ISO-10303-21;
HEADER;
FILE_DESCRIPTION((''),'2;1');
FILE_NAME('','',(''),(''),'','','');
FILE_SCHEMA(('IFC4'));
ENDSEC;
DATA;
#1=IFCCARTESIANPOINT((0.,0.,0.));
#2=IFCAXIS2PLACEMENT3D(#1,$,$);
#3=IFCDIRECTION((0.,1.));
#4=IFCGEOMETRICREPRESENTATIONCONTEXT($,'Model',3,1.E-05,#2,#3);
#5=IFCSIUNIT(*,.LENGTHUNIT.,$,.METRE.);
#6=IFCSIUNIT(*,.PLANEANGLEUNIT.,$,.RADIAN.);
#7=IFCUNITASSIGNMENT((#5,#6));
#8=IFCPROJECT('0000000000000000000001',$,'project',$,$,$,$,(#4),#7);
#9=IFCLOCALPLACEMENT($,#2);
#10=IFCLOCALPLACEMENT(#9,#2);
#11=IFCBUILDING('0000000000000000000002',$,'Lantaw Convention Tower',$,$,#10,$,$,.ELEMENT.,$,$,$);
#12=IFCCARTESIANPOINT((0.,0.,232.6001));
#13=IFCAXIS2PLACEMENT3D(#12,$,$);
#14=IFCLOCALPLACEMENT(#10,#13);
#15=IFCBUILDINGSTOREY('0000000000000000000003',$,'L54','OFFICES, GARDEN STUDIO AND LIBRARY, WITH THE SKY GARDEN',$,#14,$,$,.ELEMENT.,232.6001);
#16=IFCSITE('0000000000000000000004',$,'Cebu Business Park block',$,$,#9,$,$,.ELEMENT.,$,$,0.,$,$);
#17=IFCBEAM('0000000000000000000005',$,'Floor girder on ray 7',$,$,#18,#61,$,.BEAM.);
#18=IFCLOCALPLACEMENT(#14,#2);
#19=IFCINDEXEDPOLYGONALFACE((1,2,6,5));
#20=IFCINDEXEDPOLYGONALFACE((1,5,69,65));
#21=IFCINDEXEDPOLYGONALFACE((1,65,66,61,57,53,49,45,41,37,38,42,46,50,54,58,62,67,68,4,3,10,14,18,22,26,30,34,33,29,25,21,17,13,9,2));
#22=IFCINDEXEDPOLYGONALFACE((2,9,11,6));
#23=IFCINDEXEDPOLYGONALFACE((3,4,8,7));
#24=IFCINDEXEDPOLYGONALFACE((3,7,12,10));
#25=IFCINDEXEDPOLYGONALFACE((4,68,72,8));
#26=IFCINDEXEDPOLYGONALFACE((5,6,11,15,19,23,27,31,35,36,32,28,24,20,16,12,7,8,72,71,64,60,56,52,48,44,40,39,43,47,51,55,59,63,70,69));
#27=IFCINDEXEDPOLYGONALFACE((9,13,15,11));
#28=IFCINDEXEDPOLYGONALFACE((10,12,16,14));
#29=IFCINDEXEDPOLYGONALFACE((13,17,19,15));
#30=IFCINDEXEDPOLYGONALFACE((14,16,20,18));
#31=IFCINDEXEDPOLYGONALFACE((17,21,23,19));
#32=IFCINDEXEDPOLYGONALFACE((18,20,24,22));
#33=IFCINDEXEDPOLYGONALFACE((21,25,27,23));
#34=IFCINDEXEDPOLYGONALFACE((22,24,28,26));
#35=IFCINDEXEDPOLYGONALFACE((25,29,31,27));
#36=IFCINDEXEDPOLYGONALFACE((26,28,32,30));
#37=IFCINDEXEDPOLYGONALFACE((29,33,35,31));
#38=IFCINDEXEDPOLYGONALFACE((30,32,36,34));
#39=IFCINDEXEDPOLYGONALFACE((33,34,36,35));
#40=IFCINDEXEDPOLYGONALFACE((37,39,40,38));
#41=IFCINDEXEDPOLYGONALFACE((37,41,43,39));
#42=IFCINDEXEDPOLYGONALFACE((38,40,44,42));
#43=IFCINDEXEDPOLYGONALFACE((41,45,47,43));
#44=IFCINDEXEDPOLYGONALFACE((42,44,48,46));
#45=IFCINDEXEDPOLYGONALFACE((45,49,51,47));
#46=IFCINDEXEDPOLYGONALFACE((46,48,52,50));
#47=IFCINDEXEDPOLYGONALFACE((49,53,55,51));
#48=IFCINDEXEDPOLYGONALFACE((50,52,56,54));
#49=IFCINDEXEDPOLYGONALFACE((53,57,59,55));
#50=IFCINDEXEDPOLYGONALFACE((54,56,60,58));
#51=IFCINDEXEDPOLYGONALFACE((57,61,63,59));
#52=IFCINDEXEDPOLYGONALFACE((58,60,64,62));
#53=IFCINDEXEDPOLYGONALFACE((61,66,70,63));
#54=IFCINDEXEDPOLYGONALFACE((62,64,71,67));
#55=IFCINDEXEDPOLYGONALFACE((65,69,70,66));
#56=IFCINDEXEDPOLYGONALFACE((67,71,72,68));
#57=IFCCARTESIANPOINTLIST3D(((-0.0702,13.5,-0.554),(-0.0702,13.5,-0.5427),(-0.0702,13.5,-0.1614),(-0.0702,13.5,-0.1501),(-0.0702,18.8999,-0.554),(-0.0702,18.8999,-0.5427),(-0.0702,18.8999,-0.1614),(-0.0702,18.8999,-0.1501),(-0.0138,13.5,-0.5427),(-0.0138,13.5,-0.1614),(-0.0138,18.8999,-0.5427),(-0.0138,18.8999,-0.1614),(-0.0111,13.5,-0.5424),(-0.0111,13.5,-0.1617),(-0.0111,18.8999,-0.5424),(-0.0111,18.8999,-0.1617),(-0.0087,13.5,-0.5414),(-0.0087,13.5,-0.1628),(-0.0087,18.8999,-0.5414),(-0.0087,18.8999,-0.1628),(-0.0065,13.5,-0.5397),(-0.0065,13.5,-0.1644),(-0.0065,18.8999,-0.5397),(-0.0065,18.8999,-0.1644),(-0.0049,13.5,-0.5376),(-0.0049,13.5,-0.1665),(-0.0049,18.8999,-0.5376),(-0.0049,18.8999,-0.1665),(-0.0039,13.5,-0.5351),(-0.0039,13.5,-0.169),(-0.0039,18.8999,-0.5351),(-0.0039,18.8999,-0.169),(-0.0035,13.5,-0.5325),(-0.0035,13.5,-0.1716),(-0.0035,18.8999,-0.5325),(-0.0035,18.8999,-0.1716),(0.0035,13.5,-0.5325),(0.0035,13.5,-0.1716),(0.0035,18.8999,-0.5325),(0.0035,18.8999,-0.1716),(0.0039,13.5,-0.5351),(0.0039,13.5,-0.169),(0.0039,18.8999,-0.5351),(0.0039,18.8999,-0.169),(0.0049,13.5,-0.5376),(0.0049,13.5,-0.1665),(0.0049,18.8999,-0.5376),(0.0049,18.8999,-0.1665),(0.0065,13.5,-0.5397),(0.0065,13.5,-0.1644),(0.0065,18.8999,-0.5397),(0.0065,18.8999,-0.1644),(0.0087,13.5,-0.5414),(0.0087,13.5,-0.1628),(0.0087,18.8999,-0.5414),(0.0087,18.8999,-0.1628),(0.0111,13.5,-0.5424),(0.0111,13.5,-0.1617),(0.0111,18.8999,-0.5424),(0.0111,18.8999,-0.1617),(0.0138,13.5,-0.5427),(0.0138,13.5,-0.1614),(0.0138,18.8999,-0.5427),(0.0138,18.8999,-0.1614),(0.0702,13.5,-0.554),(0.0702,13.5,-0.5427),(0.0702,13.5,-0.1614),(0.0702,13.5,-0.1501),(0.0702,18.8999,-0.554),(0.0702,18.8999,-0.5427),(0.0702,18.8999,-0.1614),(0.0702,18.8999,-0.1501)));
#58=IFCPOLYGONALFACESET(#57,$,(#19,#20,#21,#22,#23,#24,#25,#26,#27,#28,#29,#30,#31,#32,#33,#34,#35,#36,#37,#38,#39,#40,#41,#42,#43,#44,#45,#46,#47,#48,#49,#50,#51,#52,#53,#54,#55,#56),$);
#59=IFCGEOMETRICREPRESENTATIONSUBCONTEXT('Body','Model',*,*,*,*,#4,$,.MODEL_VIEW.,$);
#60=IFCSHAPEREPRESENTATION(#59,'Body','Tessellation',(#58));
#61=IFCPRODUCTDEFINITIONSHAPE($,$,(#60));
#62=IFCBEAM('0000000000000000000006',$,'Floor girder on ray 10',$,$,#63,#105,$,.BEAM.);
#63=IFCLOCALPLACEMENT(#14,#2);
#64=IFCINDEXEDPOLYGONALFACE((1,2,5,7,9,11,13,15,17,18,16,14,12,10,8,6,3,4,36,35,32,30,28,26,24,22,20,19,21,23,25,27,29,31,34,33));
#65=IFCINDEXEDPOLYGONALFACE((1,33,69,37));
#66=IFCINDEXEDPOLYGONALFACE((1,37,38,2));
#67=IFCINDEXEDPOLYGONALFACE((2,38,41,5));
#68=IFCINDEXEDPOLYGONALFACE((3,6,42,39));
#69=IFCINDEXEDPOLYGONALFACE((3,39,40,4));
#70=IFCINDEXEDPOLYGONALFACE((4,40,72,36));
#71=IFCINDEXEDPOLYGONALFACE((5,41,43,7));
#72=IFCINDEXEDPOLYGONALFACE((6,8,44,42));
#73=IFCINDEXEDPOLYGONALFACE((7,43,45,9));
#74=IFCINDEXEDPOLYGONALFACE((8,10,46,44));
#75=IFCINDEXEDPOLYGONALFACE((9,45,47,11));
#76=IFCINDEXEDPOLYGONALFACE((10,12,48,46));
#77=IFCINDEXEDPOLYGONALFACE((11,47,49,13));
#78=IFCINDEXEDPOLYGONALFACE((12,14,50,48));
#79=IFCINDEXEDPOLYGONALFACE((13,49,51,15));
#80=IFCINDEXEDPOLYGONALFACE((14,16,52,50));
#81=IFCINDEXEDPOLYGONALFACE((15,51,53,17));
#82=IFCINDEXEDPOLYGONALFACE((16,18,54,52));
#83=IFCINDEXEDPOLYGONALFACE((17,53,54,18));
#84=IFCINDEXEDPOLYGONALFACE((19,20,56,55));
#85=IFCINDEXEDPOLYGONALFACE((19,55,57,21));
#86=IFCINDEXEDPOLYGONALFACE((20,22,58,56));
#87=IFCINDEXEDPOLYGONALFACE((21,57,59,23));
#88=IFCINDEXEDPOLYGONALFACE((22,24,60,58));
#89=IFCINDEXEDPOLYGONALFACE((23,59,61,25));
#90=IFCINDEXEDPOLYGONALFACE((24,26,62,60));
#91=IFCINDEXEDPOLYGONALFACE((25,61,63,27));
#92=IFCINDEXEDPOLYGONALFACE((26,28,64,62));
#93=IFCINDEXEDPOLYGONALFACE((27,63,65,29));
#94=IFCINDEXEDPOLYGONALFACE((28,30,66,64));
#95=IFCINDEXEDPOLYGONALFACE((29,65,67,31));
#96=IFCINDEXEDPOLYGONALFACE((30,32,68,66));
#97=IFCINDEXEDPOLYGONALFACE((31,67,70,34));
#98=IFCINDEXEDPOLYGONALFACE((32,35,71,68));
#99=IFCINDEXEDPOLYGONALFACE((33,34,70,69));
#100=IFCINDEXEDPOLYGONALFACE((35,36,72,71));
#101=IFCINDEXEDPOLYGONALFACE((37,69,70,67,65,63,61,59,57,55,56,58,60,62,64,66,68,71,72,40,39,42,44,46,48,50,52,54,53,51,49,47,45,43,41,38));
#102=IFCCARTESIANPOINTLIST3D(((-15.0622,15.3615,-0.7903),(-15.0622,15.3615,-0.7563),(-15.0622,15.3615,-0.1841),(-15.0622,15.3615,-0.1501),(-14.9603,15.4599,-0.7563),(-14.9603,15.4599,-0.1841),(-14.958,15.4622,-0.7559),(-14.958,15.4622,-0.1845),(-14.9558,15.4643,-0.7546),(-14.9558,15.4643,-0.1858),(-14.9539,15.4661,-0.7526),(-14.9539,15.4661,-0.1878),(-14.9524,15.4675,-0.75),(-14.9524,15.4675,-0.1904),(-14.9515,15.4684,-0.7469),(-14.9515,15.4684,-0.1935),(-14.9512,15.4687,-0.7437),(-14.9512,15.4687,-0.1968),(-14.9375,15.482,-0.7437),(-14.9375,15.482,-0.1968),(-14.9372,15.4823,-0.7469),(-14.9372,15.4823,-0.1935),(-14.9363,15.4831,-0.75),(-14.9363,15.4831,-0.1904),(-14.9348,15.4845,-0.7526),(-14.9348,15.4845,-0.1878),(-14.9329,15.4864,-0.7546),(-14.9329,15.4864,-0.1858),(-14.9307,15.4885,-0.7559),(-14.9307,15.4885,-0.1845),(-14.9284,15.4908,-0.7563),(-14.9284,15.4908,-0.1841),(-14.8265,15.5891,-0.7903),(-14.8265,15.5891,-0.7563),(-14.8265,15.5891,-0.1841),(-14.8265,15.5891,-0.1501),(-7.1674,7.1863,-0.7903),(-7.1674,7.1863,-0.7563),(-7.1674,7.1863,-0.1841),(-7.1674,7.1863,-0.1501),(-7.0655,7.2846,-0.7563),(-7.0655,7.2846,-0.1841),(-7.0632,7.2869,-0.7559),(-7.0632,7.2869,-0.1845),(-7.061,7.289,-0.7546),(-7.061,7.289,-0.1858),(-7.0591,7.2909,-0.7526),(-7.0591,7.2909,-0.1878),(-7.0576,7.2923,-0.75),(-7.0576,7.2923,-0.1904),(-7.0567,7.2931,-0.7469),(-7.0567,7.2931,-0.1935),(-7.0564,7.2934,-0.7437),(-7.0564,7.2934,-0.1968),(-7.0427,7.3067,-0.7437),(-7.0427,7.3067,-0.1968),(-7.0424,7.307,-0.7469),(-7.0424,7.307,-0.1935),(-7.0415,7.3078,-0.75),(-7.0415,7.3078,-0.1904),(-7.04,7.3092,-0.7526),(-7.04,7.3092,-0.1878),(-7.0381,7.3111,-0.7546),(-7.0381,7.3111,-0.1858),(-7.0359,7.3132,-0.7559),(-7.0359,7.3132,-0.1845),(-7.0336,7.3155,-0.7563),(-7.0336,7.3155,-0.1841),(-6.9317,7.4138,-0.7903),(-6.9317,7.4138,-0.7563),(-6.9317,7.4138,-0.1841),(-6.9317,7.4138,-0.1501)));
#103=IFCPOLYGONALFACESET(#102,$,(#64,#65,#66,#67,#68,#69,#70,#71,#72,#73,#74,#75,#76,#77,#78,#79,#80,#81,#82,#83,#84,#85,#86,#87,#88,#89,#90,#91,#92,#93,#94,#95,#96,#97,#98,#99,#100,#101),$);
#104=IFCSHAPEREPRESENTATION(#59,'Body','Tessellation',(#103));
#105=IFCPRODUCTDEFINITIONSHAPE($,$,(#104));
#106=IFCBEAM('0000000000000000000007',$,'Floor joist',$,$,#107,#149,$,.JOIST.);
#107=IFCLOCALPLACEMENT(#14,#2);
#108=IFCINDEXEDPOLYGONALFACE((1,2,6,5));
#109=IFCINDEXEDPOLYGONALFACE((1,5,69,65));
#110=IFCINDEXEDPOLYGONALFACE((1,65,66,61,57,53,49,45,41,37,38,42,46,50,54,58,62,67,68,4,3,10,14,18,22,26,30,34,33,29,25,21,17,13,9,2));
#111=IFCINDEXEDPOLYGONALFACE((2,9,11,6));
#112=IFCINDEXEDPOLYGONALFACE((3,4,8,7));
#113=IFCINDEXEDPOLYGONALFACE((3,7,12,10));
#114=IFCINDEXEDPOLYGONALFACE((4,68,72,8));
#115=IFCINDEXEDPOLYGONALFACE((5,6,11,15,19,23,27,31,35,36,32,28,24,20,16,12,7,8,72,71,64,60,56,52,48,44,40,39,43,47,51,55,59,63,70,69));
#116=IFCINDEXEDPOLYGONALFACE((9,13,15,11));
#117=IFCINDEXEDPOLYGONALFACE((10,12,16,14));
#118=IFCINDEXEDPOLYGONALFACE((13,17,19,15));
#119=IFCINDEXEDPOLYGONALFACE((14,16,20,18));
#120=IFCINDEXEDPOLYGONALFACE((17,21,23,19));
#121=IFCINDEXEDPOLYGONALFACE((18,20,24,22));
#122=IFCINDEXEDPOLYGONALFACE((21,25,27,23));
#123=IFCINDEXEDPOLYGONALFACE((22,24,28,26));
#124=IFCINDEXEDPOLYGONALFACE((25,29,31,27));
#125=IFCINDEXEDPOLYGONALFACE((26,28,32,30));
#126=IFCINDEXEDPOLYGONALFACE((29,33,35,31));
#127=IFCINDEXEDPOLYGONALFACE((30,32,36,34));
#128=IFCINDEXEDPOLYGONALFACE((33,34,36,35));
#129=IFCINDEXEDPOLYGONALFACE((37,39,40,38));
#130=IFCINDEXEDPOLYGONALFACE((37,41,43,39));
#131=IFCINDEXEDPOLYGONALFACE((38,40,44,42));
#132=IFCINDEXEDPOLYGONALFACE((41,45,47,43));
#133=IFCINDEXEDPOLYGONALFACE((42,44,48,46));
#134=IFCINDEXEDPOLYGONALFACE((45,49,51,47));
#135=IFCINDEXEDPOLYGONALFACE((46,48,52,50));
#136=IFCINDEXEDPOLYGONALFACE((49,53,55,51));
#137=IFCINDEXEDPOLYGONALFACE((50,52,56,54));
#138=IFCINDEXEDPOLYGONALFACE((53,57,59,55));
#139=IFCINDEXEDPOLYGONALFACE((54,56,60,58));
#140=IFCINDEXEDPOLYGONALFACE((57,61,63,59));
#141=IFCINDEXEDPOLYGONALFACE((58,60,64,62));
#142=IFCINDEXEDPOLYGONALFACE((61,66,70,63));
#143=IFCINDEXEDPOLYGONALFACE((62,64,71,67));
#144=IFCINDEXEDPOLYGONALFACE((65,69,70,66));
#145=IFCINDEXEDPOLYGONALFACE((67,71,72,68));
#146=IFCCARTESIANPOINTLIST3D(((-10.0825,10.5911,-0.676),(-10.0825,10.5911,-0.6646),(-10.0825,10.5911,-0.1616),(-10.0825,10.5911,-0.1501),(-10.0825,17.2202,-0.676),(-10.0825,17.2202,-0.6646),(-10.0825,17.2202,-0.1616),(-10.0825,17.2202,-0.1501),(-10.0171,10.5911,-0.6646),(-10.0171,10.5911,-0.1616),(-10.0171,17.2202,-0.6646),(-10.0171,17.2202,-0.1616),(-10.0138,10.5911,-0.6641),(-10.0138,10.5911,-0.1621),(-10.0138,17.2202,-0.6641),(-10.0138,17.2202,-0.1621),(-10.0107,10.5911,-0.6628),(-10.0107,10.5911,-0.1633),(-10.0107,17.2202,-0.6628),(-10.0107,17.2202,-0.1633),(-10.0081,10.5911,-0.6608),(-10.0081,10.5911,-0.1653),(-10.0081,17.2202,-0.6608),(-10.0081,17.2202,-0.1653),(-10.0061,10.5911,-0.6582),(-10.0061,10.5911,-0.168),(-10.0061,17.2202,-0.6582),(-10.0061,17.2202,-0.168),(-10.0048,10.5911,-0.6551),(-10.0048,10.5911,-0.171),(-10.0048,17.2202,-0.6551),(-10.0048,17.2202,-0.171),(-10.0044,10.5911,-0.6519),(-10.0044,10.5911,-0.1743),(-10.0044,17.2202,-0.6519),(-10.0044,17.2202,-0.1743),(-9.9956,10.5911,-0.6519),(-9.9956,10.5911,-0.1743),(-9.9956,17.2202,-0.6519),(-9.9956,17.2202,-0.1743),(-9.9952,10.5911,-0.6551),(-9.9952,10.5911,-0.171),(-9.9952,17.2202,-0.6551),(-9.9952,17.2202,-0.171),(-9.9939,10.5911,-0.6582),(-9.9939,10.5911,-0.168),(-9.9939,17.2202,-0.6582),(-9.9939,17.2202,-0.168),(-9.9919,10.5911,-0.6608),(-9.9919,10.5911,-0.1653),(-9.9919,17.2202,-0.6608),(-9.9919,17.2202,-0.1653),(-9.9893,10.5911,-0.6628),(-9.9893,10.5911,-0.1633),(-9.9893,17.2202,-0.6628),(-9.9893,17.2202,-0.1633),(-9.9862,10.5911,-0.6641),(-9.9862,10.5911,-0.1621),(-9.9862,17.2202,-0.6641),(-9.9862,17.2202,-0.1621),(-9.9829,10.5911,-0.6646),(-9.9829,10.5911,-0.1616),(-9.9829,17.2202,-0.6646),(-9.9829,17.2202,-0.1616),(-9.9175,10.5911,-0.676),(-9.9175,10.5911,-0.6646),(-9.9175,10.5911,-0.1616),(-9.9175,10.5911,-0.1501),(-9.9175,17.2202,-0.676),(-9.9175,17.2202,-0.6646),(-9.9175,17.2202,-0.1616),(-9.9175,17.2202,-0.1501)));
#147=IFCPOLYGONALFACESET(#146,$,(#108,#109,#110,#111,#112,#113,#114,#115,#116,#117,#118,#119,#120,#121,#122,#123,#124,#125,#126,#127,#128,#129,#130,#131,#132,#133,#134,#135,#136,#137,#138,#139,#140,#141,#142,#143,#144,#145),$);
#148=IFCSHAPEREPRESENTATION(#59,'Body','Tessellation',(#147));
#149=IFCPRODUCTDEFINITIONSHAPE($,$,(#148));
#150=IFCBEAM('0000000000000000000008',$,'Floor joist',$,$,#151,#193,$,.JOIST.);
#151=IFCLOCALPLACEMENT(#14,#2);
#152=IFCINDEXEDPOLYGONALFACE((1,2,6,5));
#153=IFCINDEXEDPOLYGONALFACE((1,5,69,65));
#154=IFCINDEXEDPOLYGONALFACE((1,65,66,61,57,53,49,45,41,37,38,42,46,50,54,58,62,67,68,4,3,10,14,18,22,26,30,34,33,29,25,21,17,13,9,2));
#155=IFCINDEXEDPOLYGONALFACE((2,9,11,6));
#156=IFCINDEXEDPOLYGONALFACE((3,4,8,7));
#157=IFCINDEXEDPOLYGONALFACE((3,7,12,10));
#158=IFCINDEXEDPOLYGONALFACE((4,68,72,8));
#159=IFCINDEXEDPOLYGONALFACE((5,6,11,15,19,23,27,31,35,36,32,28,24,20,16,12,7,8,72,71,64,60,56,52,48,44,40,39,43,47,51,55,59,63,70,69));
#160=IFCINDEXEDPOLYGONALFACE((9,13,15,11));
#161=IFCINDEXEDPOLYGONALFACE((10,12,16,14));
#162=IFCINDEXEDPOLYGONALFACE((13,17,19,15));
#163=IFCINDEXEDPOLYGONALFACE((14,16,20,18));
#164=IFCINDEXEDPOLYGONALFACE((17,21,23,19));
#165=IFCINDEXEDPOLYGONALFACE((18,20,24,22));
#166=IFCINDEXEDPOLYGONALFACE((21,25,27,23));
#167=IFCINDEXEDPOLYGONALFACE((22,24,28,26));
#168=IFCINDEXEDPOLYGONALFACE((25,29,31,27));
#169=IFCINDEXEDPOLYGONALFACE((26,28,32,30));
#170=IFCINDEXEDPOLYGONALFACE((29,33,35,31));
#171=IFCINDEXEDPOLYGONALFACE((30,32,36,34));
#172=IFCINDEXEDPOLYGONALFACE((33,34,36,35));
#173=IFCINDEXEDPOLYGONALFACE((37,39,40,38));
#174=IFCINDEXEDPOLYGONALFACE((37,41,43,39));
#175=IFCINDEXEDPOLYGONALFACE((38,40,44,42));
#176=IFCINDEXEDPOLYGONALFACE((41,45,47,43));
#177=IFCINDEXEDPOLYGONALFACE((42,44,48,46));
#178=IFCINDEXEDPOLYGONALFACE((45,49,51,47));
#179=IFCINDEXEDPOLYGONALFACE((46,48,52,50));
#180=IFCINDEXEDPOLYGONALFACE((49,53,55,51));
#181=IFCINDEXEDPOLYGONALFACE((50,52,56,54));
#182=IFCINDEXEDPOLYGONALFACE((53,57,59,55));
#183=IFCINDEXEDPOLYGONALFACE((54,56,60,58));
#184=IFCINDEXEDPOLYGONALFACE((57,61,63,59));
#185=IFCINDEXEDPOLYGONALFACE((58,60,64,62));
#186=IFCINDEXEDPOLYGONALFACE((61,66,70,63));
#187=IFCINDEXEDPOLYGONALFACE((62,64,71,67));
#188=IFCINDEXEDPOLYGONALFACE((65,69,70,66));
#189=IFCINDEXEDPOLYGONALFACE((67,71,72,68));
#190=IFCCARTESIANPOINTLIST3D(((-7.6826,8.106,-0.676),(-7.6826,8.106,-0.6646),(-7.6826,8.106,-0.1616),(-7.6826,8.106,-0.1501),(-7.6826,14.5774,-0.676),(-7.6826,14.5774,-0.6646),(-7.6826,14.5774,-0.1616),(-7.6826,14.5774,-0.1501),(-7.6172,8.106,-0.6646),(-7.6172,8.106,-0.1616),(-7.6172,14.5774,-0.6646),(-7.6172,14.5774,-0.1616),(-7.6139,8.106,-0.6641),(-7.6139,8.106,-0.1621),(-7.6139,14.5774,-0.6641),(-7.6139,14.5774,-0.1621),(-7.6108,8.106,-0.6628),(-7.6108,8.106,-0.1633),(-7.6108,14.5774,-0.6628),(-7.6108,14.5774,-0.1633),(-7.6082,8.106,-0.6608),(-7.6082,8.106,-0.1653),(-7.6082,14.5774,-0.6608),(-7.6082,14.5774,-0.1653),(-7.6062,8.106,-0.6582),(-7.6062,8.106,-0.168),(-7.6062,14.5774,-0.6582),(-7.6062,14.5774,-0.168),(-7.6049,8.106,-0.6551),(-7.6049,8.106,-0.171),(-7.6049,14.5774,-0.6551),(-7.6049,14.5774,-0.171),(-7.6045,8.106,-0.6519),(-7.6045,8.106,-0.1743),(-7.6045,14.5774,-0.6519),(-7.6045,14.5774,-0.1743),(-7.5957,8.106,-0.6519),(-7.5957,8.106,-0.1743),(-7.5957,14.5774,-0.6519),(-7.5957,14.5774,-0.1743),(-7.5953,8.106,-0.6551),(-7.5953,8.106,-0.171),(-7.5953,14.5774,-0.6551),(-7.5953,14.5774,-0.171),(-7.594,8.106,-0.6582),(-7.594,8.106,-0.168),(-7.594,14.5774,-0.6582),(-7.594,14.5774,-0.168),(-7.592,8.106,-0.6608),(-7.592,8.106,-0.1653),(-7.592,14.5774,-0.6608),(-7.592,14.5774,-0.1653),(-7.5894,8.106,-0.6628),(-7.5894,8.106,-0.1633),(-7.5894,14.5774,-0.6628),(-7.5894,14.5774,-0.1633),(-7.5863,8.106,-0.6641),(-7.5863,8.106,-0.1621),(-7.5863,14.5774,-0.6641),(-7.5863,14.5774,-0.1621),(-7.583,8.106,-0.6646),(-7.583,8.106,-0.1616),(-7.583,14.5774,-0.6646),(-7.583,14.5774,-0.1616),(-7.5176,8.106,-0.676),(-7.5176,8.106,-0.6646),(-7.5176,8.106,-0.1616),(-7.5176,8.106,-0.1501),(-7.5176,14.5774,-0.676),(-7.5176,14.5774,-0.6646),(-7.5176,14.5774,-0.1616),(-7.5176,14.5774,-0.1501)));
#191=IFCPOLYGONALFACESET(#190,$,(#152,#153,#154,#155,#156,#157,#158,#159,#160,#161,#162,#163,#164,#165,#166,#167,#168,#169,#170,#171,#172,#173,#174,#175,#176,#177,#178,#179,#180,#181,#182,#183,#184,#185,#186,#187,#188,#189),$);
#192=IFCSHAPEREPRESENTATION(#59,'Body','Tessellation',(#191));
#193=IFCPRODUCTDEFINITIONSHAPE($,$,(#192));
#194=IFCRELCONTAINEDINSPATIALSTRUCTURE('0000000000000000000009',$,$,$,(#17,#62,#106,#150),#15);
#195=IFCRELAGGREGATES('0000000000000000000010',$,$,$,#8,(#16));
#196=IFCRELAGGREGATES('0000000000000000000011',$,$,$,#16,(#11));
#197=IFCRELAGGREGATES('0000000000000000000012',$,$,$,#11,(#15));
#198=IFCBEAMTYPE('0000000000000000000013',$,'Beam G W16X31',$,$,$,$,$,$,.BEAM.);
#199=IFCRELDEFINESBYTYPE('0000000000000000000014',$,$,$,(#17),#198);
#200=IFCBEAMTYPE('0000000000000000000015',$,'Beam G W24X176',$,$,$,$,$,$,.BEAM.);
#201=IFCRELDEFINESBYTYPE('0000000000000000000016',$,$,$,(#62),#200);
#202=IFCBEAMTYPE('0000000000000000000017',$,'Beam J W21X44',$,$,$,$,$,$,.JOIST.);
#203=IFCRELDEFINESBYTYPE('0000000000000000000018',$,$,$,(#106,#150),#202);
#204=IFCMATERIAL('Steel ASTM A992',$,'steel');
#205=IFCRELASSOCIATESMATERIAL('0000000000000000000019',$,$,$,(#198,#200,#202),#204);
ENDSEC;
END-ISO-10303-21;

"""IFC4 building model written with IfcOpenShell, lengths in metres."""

from ifc_helpers import new_model, si_unit, direction, frame, origin, origin_2d, place, context, subcontext, project, spatial, i_section, extrude, material, material_profile, profile_set, type_object, element, save


model = new_model("IFC4")

# Units and contexts
model_context = context("Model", 3, precision=1e-05, world=origin(), true_north=direction((0.0, 1.0)))
body_context = subcontext(model_context, "Body", "Model", "MODEL_VIEW")
ifc_project = project(units=[si_unit("LENGTHUNIT", "METRE"), si_unit("PLANEANGLEUNIT", "RADIAN")], contexts=[model_context])

# Site, building, storey
site_placement = place(None, origin())
site = spatial("IfcSite", under=ifc_project, at=site_placement, Name="Cebu Business Park block", CompositionType="ELEMENT", RefElevation=0.0)
building_placement = place(site_placement, origin())
building = spatial("IfcBuilding", under=site, at=building_placement, Name="Lantaw Convention Tower", CompositionType="ELEMENT")
storey_placement = place(building_placement, frame((0.0, 0.0, 232.6001)))
storey = spatial("IfcBuildingStorey", under=building, at=storey_placement, Name="L54", Description="OFFICES, GARDEN STUDIO AND LIBRARY, WITH THE SKY GARDEN", CompositionType="ELEMENT", Elevation=232.6001)

# Beams
ifc_material_1 = material(Name="Steel ASTM A992", Category="steel")
ifc_material_profile_1 = material_profile(ifc_material_1, i_section(OverallWidth=0.1404, OverallDepth=0.4038, WebThickness=0.0071, FlangeThickness=0.0112, FilletRadius=0.0103, at=origin_2d()), Name="W16X31")
ifc_profile_set_1 = profile_set([ifc_material_profile_1], Name="Steel ASTM A992")
beam_type_1 = type_object("IfcBeamType", Name="Beam G W16X31", PredefinedType="BEAM", material=ifc_profile_set_1)
beam_1_placement = place(storey_placement, frame((0.0, 13.5, -0.3521), z_axis=(0.0, 1.0, 0.0), x_axis=(-1.0, 0.0, 0.0)))
element("IfcBeam", 1, at=beam_1_placement, inside=storey, type_object=beam_type_1, Name="Floor girder on ray 7", PredefinedType="BEAM", context=body_context, shape_type="SweptSolid", body=[
    extrude(i_section(OverallWidth=0.1404, OverallDepth=0.4038, WebThickness=0.0071, FlangeThickness=0.0112, FilletRadius=0.0103, at=origin_2d()), origin(), (0.0, 0.0, 1.0), 5.3999),
])
ifc_material_profile_2 = material_profile(ifc_material_1, i_section(OverallWidth=0.3276, OverallDepth=0.6401, WebThickness=0.019, FlangeThickness=0.0339, FilletRadius=0.0127, at=origin_2d()), Name="W24X176")
ifc_profile_set_2 = profile_set([ifc_material_profile_2], Name="Steel ASTM A992")
beam_type_2 = type_object("IfcBeamType", Name="Beam G W24X176", PredefinedType="BEAM", material=ifc_profile_set_2)
beam_2_placement = place(storey_placement, frame((-7.0496, 7.3, -0.4702), z_axis=(-0.694658, 0.71934, 0.0), x_axis=(-0.71934, -0.694658, 0.0)))
element("IfcBeam", 2, at=beam_2_placement, inside=storey, type_object=beam_type_2, Name="Floor girder on ray 10", PredefinedType="BEAM", context=body_context, shape_type="SweptSolid", body=[
    extrude(i_section(OverallWidth=0.3276, OverallDepth=0.6401, WebThickness=0.019, FlangeThickness=0.0339, FilletRadius=0.0127, at=origin_2d()), origin(), (0.0, 0.0, 1.0), 11.365),
])
ifc_material_profile_3 = material_profile(ifc_material_1, i_section(OverallWidth=0.165, OverallDepth=0.5259, WebThickness=0.0088, FlangeThickness=0.0115, FilletRadius=0.0127, at=origin_2d()), Name="W21X44")
ifc_profile_set_3 = profile_set([ifc_material_profile_3], Name="Steel ASTM A992")
beam_type_3 = type_object("IfcBeamType", Name="Beam J W21X44", PredefinedType="JOIST", material=ifc_profile_set_3)
beam_3_placement = place(storey_placement, frame((-10.0, 10.5911, -0.4131), z_axis=(0.0, 1.0, 0.0), x_axis=(-1.0, 0.0, 0.0)))
element("IfcBeam", 3, at=beam_3_placement, inside=storey, type_object=beam_type_3, Name="Floor joist", PredefinedType="JOIST", context=body_context, shape_type="SweptSolid", body=[
    extrude(i_section(OverallWidth=0.165, OverallDepth=0.5259, WebThickness=0.0088, FlangeThickness=0.0115, FilletRadius=0.0127, at=origin_2d()), origin(), (0.0, 0.0, 1.0), 6.6292),
])
beam_4_placement = place(storey_placement, frame((-7.6001, 8.106, -0.4131), z_axis=(0.0, 1.0, 0.0), x_axis=(-1.0, 0.0, 0.0)))
element("IfcBeam", 4, at=beam_4_placement, inside=storey, type_object=beam_type_3, Name="Floor joist", PredefinedType="JOIST", context=body_context, shape_type="SweptSolid", body=[
    extrude(i_section(OverallWidth=0.165, OverallDepth=0.5259, WebThickness=0.0088, FlangeThickness=0.0115, FilletRadius=0.0127, at=origin_2d()), origin(), (0.0, 0.0, 1.0), 6.4714),
])

save(model, "model.ifc")
